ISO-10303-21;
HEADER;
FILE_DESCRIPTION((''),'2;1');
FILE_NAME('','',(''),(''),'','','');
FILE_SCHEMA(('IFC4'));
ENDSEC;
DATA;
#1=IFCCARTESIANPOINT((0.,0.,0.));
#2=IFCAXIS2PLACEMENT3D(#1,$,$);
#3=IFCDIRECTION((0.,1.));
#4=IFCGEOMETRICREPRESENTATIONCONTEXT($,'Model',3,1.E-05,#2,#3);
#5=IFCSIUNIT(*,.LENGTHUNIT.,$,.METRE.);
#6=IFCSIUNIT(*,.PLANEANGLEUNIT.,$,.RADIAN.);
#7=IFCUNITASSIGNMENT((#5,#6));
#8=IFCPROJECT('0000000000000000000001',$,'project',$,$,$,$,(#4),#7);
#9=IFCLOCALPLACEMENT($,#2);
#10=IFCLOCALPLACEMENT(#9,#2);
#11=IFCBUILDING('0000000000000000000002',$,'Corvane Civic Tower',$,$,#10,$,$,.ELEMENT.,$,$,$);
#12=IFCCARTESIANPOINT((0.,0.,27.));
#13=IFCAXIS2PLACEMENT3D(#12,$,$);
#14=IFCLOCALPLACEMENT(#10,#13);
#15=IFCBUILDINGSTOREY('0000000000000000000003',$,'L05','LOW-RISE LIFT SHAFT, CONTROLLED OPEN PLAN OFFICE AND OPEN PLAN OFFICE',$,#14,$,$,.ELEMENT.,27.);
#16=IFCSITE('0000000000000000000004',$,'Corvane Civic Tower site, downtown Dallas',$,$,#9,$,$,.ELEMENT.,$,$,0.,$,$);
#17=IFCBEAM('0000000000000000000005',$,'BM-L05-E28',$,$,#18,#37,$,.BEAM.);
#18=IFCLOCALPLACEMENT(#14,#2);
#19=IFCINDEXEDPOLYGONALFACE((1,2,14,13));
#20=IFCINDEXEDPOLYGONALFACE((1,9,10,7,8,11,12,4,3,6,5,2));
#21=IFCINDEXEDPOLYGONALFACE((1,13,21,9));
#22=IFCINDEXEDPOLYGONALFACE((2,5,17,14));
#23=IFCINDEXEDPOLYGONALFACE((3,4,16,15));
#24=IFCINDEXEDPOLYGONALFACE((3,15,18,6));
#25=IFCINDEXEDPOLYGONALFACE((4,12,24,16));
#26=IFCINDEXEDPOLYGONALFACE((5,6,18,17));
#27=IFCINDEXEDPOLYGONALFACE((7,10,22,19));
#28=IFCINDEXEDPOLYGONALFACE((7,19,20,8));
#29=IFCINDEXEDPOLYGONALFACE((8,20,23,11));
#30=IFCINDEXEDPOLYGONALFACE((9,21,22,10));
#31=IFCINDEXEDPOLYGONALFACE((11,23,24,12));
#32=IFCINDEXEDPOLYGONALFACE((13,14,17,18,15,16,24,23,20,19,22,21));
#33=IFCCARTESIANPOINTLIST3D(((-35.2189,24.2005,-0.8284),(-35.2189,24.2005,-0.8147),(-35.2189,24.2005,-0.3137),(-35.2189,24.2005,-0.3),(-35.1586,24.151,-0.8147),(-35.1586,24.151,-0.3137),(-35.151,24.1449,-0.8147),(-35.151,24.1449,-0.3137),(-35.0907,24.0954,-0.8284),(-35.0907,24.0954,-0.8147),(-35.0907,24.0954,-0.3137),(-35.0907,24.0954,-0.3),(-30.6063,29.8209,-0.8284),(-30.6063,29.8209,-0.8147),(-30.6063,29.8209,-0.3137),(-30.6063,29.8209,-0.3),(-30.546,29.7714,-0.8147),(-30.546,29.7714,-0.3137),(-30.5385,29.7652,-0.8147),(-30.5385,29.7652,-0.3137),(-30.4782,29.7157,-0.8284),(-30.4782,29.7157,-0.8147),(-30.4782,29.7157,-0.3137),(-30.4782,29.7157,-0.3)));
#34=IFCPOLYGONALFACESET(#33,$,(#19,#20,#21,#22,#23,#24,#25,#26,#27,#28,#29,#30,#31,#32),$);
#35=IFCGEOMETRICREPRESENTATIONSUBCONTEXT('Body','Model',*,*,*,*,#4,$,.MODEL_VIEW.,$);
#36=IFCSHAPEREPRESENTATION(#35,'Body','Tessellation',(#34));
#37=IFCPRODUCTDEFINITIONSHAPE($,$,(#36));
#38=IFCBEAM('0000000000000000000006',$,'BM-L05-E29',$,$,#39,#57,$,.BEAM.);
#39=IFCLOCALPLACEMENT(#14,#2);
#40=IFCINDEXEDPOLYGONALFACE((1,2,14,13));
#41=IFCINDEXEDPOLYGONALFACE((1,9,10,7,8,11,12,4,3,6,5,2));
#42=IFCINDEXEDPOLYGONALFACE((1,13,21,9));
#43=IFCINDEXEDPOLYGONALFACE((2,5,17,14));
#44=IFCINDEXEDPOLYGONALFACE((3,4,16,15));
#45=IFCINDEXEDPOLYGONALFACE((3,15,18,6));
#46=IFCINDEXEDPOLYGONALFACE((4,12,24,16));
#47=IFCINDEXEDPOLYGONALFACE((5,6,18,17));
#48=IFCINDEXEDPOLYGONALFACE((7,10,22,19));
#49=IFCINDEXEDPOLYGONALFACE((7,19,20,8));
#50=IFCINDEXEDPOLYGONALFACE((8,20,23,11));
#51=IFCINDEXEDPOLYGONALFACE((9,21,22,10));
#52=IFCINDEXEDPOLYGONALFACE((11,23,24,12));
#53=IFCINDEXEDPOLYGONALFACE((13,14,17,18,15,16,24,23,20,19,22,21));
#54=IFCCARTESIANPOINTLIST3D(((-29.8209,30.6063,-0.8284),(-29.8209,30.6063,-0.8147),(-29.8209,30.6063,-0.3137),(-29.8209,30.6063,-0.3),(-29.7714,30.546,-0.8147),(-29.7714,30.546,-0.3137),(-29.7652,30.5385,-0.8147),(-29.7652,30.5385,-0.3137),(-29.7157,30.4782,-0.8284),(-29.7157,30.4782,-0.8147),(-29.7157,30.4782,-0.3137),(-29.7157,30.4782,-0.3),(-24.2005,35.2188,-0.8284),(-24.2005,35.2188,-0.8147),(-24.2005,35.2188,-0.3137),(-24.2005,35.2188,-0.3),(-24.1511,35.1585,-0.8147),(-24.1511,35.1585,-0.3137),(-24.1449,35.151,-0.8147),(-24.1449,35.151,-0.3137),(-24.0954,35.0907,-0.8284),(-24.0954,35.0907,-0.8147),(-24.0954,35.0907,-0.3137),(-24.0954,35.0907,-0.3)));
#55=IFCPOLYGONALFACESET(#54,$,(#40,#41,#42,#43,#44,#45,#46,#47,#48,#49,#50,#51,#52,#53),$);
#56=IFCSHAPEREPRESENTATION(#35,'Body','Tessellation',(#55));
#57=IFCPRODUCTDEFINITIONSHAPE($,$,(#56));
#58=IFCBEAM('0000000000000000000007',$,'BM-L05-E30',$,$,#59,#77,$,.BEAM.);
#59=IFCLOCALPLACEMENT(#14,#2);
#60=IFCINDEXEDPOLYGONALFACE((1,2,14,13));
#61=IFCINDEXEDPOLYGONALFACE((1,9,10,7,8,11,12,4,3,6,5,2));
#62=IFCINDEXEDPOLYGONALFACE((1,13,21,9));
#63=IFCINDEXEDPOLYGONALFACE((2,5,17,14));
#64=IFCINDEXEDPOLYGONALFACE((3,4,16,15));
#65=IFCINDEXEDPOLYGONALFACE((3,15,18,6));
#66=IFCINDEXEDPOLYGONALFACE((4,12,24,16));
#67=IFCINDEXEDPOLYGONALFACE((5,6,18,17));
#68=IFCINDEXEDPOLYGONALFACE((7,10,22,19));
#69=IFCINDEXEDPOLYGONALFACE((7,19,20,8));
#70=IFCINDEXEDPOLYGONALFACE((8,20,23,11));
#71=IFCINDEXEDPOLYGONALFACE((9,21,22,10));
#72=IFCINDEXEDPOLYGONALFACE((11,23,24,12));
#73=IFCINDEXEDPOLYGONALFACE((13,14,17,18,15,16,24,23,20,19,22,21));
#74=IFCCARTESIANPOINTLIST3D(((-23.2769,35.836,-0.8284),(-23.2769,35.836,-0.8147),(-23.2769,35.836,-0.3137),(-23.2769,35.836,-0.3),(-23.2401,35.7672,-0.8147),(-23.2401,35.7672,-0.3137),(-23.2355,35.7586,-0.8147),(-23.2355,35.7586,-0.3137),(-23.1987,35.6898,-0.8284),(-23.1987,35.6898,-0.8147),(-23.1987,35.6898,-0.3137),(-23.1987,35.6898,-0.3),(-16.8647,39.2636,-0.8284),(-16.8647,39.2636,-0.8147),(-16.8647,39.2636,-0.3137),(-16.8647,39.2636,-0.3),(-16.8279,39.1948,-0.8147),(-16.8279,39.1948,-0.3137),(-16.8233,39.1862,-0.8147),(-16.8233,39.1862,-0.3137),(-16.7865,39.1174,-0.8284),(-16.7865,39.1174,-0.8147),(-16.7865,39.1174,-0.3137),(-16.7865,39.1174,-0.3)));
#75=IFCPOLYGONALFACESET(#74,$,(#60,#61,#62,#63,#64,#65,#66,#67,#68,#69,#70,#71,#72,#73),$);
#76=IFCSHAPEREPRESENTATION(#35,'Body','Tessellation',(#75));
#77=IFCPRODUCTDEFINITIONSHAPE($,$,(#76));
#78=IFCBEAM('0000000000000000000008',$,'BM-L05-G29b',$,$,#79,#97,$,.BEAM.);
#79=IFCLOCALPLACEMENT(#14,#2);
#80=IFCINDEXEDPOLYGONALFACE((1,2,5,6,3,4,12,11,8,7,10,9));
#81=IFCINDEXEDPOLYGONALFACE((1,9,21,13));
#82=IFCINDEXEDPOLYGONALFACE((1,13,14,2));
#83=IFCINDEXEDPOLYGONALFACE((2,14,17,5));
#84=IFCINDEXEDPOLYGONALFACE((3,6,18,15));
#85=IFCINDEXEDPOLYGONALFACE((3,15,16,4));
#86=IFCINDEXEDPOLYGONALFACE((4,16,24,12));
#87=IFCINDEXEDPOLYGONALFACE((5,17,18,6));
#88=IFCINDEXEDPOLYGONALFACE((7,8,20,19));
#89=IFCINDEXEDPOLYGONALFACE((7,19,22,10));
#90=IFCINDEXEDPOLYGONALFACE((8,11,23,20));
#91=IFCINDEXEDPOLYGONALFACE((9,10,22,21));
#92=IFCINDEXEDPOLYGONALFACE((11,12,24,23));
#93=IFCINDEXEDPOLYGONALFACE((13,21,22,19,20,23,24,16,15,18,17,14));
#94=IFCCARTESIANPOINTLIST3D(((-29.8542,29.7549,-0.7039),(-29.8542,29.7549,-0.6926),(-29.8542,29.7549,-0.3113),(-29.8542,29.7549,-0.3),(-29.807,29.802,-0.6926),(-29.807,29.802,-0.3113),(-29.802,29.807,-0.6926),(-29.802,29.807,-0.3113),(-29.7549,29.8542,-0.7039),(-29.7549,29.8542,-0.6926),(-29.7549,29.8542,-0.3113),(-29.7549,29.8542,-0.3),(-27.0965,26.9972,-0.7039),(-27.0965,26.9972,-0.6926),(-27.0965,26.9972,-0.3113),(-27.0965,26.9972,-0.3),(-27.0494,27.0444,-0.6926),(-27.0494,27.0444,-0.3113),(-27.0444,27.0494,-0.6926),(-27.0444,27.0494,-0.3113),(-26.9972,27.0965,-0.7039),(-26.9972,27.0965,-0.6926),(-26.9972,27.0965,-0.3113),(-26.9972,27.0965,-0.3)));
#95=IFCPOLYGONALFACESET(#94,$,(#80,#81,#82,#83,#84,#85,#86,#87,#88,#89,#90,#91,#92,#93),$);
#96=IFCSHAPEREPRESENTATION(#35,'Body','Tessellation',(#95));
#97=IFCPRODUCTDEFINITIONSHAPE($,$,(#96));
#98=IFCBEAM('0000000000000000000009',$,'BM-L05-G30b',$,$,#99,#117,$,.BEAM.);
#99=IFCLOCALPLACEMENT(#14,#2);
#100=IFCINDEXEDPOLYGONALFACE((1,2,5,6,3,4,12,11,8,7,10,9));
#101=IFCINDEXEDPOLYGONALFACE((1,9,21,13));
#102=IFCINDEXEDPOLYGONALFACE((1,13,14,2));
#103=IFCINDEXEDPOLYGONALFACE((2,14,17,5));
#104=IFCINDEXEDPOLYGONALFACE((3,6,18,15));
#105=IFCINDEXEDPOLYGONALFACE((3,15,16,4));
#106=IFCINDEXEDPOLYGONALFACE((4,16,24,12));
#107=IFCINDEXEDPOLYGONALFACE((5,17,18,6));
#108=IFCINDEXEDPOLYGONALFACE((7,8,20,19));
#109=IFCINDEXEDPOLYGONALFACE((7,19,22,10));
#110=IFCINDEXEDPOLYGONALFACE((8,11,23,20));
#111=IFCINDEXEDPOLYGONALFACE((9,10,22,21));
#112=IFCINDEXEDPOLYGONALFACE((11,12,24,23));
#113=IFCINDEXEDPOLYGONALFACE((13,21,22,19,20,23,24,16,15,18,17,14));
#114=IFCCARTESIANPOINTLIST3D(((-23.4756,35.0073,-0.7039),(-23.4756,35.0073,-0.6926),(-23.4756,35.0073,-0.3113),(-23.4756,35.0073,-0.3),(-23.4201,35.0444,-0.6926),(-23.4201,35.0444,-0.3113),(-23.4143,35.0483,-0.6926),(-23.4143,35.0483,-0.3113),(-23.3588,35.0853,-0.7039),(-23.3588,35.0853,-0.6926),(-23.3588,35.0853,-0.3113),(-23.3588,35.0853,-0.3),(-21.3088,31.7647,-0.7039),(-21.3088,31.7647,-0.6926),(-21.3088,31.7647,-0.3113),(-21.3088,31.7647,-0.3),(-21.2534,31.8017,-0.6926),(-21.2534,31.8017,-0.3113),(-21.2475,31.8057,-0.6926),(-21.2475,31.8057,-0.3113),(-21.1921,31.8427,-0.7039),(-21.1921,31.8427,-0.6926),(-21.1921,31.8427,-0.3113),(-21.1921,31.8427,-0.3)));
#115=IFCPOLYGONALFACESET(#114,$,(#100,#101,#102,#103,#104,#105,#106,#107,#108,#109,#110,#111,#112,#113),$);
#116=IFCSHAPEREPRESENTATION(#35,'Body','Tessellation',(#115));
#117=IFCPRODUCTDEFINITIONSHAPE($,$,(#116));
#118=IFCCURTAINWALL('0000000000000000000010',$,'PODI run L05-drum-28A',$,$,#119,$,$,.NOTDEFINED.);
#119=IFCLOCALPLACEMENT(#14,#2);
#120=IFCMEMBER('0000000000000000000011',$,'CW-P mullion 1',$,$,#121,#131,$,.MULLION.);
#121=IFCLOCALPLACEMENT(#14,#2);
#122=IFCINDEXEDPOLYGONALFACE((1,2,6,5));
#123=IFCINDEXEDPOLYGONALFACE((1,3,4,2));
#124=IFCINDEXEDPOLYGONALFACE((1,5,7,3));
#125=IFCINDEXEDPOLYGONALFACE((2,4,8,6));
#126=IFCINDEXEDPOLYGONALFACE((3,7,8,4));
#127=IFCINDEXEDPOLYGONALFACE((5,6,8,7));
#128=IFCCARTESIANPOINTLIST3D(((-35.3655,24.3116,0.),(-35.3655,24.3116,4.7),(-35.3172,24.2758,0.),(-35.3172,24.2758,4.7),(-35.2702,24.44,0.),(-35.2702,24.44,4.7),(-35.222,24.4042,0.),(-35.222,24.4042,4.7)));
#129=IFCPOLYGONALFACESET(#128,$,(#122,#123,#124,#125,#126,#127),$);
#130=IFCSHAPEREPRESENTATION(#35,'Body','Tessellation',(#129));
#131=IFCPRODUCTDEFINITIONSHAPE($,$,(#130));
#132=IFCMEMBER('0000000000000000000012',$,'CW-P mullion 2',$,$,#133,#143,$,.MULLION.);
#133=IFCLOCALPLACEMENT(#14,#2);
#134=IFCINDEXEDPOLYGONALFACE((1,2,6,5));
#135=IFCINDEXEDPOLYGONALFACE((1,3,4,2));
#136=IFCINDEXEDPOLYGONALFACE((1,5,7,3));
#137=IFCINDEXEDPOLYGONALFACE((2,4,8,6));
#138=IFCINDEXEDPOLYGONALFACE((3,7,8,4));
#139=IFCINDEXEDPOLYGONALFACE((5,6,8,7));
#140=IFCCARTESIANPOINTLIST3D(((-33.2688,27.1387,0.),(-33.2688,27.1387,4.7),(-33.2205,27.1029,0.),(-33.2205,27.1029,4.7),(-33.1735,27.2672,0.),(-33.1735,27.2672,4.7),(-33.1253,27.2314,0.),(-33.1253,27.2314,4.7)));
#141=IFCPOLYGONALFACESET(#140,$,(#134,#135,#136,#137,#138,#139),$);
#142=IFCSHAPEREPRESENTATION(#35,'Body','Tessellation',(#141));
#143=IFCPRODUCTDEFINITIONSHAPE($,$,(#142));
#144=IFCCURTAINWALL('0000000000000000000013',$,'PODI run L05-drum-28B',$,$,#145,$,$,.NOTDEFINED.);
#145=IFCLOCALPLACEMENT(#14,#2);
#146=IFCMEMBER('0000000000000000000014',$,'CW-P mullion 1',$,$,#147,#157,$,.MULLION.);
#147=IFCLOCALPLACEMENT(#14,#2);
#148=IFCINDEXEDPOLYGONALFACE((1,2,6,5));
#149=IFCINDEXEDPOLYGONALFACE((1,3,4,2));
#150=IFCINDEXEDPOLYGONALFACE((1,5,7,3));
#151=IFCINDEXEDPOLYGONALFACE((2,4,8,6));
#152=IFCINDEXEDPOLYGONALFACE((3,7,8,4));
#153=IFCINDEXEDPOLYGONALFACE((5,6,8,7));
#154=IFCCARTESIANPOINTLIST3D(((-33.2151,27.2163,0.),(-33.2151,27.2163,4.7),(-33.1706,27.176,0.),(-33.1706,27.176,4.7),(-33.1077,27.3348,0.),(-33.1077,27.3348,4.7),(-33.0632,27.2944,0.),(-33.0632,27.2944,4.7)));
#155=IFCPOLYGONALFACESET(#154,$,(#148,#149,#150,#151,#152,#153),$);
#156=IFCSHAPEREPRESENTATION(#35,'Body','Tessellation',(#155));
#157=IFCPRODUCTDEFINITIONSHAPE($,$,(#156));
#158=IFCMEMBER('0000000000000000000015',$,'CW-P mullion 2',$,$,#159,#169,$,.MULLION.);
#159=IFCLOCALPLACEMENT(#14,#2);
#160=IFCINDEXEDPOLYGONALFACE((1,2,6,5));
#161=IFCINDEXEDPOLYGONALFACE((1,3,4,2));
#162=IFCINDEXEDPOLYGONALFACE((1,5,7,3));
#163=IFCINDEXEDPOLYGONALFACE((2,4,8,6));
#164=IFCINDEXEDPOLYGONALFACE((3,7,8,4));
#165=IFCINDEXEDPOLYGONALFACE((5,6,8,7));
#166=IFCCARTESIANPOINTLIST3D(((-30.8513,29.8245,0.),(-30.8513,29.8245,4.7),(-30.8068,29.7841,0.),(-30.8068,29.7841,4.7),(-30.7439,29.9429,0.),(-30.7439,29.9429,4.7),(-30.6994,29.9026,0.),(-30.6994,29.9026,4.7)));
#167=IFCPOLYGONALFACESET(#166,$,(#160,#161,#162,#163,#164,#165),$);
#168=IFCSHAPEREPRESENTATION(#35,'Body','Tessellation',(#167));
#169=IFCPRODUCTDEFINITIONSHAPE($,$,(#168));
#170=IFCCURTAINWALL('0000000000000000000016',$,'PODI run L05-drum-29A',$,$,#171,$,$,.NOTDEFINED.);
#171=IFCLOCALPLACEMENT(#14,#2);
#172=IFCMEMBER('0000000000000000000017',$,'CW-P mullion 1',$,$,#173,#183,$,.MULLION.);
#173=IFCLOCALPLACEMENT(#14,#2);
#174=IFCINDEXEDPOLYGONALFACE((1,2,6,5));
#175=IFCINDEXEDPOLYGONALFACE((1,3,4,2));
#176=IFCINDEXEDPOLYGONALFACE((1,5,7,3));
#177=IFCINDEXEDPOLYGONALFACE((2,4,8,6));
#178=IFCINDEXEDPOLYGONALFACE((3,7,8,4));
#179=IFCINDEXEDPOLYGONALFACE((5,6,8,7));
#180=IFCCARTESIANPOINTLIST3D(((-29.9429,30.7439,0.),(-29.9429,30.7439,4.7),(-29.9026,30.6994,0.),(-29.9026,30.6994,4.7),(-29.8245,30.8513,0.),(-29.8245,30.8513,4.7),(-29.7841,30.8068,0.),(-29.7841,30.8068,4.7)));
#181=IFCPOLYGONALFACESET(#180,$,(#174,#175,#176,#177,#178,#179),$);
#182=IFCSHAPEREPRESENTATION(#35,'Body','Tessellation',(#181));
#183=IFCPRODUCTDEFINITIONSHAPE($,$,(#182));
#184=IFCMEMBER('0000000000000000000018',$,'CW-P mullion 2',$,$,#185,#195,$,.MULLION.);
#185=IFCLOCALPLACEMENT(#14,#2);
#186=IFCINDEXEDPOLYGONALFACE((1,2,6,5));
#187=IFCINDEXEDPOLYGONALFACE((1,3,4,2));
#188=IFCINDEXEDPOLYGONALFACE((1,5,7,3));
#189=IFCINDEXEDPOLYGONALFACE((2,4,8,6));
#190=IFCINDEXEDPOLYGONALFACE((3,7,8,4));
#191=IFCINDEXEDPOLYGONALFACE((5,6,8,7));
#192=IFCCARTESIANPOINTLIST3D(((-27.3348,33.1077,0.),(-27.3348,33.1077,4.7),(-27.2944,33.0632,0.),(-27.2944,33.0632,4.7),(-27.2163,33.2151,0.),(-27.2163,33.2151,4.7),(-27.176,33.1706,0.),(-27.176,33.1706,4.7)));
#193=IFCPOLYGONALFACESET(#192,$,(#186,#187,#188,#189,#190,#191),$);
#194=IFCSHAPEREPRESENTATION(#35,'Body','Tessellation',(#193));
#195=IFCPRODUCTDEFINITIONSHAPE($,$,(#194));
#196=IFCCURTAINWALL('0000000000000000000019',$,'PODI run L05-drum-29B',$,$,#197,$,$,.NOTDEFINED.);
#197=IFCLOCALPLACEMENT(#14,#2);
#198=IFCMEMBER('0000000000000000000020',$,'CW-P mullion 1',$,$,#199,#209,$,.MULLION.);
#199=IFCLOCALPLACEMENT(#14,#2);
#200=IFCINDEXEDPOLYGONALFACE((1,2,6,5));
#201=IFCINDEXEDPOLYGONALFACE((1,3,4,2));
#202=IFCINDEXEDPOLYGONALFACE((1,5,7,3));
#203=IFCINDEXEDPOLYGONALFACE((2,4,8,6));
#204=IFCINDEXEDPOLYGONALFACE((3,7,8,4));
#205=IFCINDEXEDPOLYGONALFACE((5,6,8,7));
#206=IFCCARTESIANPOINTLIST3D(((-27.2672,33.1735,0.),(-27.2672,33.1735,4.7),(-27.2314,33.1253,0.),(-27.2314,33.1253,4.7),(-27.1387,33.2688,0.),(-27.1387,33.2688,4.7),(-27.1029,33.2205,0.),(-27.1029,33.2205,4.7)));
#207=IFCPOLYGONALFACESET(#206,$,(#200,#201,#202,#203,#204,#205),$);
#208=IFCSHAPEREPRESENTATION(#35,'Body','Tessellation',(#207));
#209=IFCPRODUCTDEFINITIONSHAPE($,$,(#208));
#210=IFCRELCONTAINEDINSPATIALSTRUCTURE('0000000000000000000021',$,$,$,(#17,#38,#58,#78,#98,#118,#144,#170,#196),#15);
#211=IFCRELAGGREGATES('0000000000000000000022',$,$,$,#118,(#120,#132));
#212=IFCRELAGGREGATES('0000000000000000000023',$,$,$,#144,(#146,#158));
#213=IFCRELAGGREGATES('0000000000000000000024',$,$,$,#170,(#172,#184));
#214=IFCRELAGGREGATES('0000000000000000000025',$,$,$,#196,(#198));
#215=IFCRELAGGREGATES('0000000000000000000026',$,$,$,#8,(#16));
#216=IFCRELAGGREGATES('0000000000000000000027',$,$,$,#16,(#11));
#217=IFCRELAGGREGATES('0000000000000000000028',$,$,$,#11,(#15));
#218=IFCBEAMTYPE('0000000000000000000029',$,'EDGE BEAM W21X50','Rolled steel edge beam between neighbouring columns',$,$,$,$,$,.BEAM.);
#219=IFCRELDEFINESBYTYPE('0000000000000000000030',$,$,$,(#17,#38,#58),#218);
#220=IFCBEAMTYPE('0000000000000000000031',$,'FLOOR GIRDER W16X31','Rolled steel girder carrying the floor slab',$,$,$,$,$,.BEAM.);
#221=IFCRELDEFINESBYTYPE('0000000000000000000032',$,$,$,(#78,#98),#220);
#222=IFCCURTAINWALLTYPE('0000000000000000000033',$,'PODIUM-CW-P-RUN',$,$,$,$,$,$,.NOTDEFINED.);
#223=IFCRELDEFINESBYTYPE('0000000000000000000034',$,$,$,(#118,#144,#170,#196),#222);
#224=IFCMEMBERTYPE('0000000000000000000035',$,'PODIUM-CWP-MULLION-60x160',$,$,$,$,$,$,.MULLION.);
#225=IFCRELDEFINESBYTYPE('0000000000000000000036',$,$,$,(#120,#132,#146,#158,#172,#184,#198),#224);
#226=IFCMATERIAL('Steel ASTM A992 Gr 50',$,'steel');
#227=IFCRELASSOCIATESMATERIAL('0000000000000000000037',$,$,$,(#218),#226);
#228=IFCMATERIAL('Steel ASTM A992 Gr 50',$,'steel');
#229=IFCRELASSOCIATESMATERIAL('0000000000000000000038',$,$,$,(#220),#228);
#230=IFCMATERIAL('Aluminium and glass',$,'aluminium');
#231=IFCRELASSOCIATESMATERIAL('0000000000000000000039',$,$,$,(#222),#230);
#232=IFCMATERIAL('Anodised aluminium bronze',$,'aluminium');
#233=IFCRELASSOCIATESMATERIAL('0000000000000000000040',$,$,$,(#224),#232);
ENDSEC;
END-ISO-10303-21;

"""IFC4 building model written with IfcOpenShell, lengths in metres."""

from ifc_helpers import new_model, si_unit, direction, frame, origin, origin_2d, place, context, subcontext, project, spatial, rectangle, i_section, extrude, material, material_profile, profile_set, type_object, element, aggregate, save


model = new_model("IFC4")

# Units and contexts
model_context = context("Model", 3, precision=1e-05, world=origin(), true_north=direction((0.0, 1.0)))
body_context = subcontext(model_context, "Body", "Model", "MODEL_VIEW")
ifc_project = project(units=[si_unit("LENGTHUNIT", "METRE"), si_unit("PLANEANGLEUNIT", "RADIAN")], contexts=[model_context])

# Site, building, storey
site_placement = place(None, origin())
site = spatial("IfcSite", under=ifc_project, at=site_placement, Name="Corvane Civic Tower site, downtown Dallas", CompositionType="ELEMENT", RefElevation=0.0)
building_placement = place(site_placement, origin())
building = spatial("IfcBuilding", under=site, at=building_placement, Name="Corvane Civic Tower", CompositionType="ELEMENT")
storey_placement = place(building_placement, frame((0.0, 0.0, 27.0)))
storey = spatial("IfcBuildingStorey", under=building, at=storey_placement, Name="L05", Description="LOW-RISE LIFT SHAFT, CONTROLLED OPEN PLAN OFFICE AND OPEN PLAN OFFICE", CompositionType="ELEMENT", Elevation=27.0)

# Beams
ifc_material_1 = material(Name="Steel ASTM A992 Gr 50", Category="steel")
ifc_material_profile_1 = material_profile(ifc_material_1, i_section(OverallWidth=0.1658, OverallDepth=0.5283, WebThickness=0.0098, FlangeThickness=0.0137, at=origin_2d()), Name="W21X50")
ifc_profile_set_1 = profile_set([ifc_material_profile_1], Name="Steel ASTM A992 Gr 50")
beam_type_1 = type_object("IfcBeamType", Name="EDGE BEAM W21X50", Description="Rolled steel edge beam between neighbouring columns", PredefinedType="BEAM", material=ifc_profile_set_1)
for number, where, z_axis, x_axis, name in (
    (1, (-35.1548, 24.1479, -0.5642), (0.634396, 0.773008, 0.0), (-0.773008, 0.634396, 0.0), "BM-L05-E28"),
    (2, (-29.7683, 30.5422, -0.5642), (0.773008, 0.634396, 0.0), (-0.634396, 0.773008, 0.0), "BM-L05-E29"),
    (3, (-23.2378, 35.7629, -0.5642), (0.881913, 0.471412, 0.0), (-0.471412, 0.881913, 0.0), "BM-L05-E30"),
):
    element("IfcBeam", number, at=place(storey_placement, frame(where, z_axis=z_axis, x_axis=x_axis)), inside=storey, type_object=beam_type_1, Name=name, PredefinedType="BEAM", context=body_context, shape_type="SweptSolid", body=[
        extrude(i_section(OverallWidth=0.1658, OverallDepth=0.5283, WebThickness=0.0098, FlangeThickness=0.0137, at=origin_2d()), origin(), (0.0, 0.0, 1.0), 7.2708),
    ])
ifc_material_2 = material(Name="Steel ASTM A992 Gr 50", Category="steel")
ifc_material_profile_2 = material_profile(ifc_material_2, i_section(OverallWidth=0.1404, OverallDepth=0.4038, WebThickness=0.0071, FlangeThickness=0.0112, at=origin_2d()), Name="W16X31")
ifc_profile_set_2 = profile_set([ifc_material_profile_2], Name="Steel ASTM A992 Gr 50")
beam_type_2 = type_object("IfcBeamType", Name="FLOOR GIRDER W16X31", Description="Rolled steel girder carrying the floor slab", PredefinedType="BEAM", material=ifc_profile_set_2)
for number, where, z_axis, x_axis, name in (
    (4, (-27.0469, 27.0469, -0.502), (-0.707107, 0.707107, 0.0), (-0.707107, -0.707107, 0.0), "BM-L05-G29b"),
    (5, (-21.2505, 31.8037, -0.502), (-0.555581, 0.831462, 0.0), (-0.831462, -0.555581, 0.0), "BM-L05-G30b"),
):
    element("IfcBeam", number, at=place(storey_placement, frame(where, z_axis=z_axis, x_axis=x_axis)), inside=storey, type_object=beam_type_2, Name=name, PredefinedType="BEAM", context=body_context, shape_type="SweptSolid", body=[
        extrude(i_section(OverallWidth=0.1404, OverallDepth=0.4038, WebThickness=0.0071, FlangeThickness=0.0112, at=origin_2d()), origin(), (0.0, 0.0, 1.0), 3.8999),
    ])

# Curtain walls, members
ifc_material_3 = material(Name="Aluminium and glass", Category="aluminium")
curtain_wall_type = type_object("IfcCurtainWallType", Name="PODIUM-CW-P-RUN", PredefinedType="NOTDEFINED", material=ifc_material_3)
curtain_wall_1_placement = place(storey_placement, origin())
curtain_wall_1 = element("IfcCurtainWall", 6, at=curtain_wall_1_placement, inside=storey, type_object=curtain_wall_type, Name="PODI run L05-drum-28A", PredefinedType="NOTDEFINED")
ifc_material_4 = material(Name="Anodised aluminium bronze", Category="aluminium")
ifc_material_profile_3 = material_profile(ifc_material_4, rectangle(XDim=0.0601, YDim=0.1599, at=origin_2d()), Name="AL 60x160")
ifc_profile_set_3 = profile_set([ifc_material_profile_3], Name="Anodised aluminium bronze")
member_type_1 = type_object("IfcMemberType", Name="PODIUM-CWP-MULLION-60x160", PredefinedType="MULLION", material=ifc_profile_set_3)
member_1_placement = place(storey_placement, frame((-35.2937, 24.3579, 0.0), z_axis=(0.0, 0.0, 1.0), x_axis=(-0.803203, 0.595705, 0.0)))
member_1 = element("IfcMember", 7, at=member_1_placement, type_object=member_type_1, Name="CW-P mullion 1", PredefinedType="MULLION", context=body_context, shape_type="SweptSolid", body=[
    extrude(rectangle(XDim=0.0601, YDim=0.1599, at=origin_2d()), origin(), (0.0, 0.0, 1.0), 4.7),
])
member_2_placement = place(storey_placement, frame((-33.197, 27.1851, 0.0), z_axis=(0.0, 0.0, 1.0), x_axis=(-0.803203, 0.595705, 0.0)))
member_2 = element("IfcMember", 8, at=member_2_placement, type_object=member_type_1, Name="CW-P mullion 2", PredefinedType="MULLION", context=body_context, shape_type="SweptSolid", body=[
    extrude(rectangle(XDim=0.0601, YDim=0.1599, at=origin_2d()), origin(), (0.0, 0.0, 1.0), 4.7),
])
curtain_wall_2_placement = place(storey_placement, origin())
curtain_wall_2 = element("IfcCurtainWall", 9, at=curtain_wall_2_placement, inside=storey, type_object=curtain_wall_type, Name="PODI run L05-drum-28B", PredefinedType="NOTDEFINED")
member_3_placement = place(storey_placement, frame((-33.1392, 27.2554, 0.0), z_axis=(0.0, 0.0, 1.0), x_axis=(-0.740935, 0.671576, 0.0)))
member_3 = element("IfcMember", 10, at=member_3_placement, type_object=member_type_1, Name="CW-P mullion 1", PredefinedType="MULLION", context=body_context, shape_type="SweptSolid", body=[
    extrude(rectangle(XDim=0.0601, YDim=0.1599, at=origin_2d()), origin(), (0.0, 0.0, 1.0), 4.7),
])
member_4_placement = place(storey_placement, frame((-30.7754, 29.8635, 0.0), z_axis=(0.0, 0.0, 1.0), x_axis=(-0.740935, 0.671576, 0.0)))
member_4 = element("IfcMember", 11, at=member_4_placement, type_object=member_type_1, Name="CW-P mullion 2", PredefinedType="MULLION", context=body_context, shape_type="SweptSolid", body=[
    extrude(rectangle(XDim=0.0601, YDim=0.1599, at=origin_2d()), origin(), (0.0, 0.0, 1.0), 4.7),
])
curtain_wall_3_placement = place(storey_placement, origin())
curtain_wall_3 = element("IfcCurtainWall", 12, at=curtain_wall_3_placement, inside=storey, type_object=curtain_wall_type, Name="PODI run L05-drum-29A", PredefinedType="NOTDEFINED")
member_5_placement = place(storey_placement, frame((-29.8635, 30.7754, 0.0), z_axis=(0.0, 0.0, 1.0), x_axis=(-0.671576, 0.740935, 0.0)))
member_5 = element("IfcMember", 13, at=member_5_placement, type_object=member_type_1, Name="CW-P mullion 1", PredefinedType="MULLION", context=body_context, shape_type="SweptSolid", body=[
    extrude(rectangle(XDim=0.0601, YDim=0.1599, at=origin_2d()), origin(), (0.0, 0.0, 1.0), 4.7),
])
member_6_placement = place(storey_placement, frame((-27.2554, 33.1392, 0.0), z_axis=(0.0, 0.0, 1.0), x_axis=(-0.671576, 0.740935, 0.0)))
member_6 = element("IfcMember", 14, at=member_6_placement, type_object=member_type_1, Name="CW-P mullion 2", PredefinedType="MULLION", context=body_context, shape_type="SweptSolid", body=[
    extrude(rectangle(XDim=0.0601, YDim=0.1599, at=origin_2d()), origin(), (0.0, 0.0, 1.0), 4.7),
])
curtain_wall_4_placement = place(storey_placement, origin())
curtain_wall_4 = element("IfcCurtainWall", 15, at=curtain_wall_4_placement, inside=storey, type_object=curtain_wall_type, Name="PODI run L05-drum-29B", PredefinedType="NOTDEFINED")
member_7_placement = place(storey_placement, frame((-27.1851, 33.197, 0.0), z_axis=(0.0, 0.0, 1.0), x_axis=(-0.595705, 0.803203, 0.0)))
member_7 = element("IfcMember", 16, at=member_7_placement, type_object=member_type_1, Name="CW-P mullion 1", PredefinedType="MULLION", context=body_context, shape_type="SweptSolid", body=[
    extrude(rectangle(XDim=0.0601, YDim=0.1599, at=origin_2d()), origin(), (0.0, 0.0, 1.0), 4.7),
])

aggregate(curtain_wall_1, [member_1, member_2])
aggregate(curtain_wall_2, [member_3, member_4])
aggregate(curtain_wall_3, [member_5, member_6])
aggregate(curtain_wall_4, [member_7])

save(model, "model.ifc")
